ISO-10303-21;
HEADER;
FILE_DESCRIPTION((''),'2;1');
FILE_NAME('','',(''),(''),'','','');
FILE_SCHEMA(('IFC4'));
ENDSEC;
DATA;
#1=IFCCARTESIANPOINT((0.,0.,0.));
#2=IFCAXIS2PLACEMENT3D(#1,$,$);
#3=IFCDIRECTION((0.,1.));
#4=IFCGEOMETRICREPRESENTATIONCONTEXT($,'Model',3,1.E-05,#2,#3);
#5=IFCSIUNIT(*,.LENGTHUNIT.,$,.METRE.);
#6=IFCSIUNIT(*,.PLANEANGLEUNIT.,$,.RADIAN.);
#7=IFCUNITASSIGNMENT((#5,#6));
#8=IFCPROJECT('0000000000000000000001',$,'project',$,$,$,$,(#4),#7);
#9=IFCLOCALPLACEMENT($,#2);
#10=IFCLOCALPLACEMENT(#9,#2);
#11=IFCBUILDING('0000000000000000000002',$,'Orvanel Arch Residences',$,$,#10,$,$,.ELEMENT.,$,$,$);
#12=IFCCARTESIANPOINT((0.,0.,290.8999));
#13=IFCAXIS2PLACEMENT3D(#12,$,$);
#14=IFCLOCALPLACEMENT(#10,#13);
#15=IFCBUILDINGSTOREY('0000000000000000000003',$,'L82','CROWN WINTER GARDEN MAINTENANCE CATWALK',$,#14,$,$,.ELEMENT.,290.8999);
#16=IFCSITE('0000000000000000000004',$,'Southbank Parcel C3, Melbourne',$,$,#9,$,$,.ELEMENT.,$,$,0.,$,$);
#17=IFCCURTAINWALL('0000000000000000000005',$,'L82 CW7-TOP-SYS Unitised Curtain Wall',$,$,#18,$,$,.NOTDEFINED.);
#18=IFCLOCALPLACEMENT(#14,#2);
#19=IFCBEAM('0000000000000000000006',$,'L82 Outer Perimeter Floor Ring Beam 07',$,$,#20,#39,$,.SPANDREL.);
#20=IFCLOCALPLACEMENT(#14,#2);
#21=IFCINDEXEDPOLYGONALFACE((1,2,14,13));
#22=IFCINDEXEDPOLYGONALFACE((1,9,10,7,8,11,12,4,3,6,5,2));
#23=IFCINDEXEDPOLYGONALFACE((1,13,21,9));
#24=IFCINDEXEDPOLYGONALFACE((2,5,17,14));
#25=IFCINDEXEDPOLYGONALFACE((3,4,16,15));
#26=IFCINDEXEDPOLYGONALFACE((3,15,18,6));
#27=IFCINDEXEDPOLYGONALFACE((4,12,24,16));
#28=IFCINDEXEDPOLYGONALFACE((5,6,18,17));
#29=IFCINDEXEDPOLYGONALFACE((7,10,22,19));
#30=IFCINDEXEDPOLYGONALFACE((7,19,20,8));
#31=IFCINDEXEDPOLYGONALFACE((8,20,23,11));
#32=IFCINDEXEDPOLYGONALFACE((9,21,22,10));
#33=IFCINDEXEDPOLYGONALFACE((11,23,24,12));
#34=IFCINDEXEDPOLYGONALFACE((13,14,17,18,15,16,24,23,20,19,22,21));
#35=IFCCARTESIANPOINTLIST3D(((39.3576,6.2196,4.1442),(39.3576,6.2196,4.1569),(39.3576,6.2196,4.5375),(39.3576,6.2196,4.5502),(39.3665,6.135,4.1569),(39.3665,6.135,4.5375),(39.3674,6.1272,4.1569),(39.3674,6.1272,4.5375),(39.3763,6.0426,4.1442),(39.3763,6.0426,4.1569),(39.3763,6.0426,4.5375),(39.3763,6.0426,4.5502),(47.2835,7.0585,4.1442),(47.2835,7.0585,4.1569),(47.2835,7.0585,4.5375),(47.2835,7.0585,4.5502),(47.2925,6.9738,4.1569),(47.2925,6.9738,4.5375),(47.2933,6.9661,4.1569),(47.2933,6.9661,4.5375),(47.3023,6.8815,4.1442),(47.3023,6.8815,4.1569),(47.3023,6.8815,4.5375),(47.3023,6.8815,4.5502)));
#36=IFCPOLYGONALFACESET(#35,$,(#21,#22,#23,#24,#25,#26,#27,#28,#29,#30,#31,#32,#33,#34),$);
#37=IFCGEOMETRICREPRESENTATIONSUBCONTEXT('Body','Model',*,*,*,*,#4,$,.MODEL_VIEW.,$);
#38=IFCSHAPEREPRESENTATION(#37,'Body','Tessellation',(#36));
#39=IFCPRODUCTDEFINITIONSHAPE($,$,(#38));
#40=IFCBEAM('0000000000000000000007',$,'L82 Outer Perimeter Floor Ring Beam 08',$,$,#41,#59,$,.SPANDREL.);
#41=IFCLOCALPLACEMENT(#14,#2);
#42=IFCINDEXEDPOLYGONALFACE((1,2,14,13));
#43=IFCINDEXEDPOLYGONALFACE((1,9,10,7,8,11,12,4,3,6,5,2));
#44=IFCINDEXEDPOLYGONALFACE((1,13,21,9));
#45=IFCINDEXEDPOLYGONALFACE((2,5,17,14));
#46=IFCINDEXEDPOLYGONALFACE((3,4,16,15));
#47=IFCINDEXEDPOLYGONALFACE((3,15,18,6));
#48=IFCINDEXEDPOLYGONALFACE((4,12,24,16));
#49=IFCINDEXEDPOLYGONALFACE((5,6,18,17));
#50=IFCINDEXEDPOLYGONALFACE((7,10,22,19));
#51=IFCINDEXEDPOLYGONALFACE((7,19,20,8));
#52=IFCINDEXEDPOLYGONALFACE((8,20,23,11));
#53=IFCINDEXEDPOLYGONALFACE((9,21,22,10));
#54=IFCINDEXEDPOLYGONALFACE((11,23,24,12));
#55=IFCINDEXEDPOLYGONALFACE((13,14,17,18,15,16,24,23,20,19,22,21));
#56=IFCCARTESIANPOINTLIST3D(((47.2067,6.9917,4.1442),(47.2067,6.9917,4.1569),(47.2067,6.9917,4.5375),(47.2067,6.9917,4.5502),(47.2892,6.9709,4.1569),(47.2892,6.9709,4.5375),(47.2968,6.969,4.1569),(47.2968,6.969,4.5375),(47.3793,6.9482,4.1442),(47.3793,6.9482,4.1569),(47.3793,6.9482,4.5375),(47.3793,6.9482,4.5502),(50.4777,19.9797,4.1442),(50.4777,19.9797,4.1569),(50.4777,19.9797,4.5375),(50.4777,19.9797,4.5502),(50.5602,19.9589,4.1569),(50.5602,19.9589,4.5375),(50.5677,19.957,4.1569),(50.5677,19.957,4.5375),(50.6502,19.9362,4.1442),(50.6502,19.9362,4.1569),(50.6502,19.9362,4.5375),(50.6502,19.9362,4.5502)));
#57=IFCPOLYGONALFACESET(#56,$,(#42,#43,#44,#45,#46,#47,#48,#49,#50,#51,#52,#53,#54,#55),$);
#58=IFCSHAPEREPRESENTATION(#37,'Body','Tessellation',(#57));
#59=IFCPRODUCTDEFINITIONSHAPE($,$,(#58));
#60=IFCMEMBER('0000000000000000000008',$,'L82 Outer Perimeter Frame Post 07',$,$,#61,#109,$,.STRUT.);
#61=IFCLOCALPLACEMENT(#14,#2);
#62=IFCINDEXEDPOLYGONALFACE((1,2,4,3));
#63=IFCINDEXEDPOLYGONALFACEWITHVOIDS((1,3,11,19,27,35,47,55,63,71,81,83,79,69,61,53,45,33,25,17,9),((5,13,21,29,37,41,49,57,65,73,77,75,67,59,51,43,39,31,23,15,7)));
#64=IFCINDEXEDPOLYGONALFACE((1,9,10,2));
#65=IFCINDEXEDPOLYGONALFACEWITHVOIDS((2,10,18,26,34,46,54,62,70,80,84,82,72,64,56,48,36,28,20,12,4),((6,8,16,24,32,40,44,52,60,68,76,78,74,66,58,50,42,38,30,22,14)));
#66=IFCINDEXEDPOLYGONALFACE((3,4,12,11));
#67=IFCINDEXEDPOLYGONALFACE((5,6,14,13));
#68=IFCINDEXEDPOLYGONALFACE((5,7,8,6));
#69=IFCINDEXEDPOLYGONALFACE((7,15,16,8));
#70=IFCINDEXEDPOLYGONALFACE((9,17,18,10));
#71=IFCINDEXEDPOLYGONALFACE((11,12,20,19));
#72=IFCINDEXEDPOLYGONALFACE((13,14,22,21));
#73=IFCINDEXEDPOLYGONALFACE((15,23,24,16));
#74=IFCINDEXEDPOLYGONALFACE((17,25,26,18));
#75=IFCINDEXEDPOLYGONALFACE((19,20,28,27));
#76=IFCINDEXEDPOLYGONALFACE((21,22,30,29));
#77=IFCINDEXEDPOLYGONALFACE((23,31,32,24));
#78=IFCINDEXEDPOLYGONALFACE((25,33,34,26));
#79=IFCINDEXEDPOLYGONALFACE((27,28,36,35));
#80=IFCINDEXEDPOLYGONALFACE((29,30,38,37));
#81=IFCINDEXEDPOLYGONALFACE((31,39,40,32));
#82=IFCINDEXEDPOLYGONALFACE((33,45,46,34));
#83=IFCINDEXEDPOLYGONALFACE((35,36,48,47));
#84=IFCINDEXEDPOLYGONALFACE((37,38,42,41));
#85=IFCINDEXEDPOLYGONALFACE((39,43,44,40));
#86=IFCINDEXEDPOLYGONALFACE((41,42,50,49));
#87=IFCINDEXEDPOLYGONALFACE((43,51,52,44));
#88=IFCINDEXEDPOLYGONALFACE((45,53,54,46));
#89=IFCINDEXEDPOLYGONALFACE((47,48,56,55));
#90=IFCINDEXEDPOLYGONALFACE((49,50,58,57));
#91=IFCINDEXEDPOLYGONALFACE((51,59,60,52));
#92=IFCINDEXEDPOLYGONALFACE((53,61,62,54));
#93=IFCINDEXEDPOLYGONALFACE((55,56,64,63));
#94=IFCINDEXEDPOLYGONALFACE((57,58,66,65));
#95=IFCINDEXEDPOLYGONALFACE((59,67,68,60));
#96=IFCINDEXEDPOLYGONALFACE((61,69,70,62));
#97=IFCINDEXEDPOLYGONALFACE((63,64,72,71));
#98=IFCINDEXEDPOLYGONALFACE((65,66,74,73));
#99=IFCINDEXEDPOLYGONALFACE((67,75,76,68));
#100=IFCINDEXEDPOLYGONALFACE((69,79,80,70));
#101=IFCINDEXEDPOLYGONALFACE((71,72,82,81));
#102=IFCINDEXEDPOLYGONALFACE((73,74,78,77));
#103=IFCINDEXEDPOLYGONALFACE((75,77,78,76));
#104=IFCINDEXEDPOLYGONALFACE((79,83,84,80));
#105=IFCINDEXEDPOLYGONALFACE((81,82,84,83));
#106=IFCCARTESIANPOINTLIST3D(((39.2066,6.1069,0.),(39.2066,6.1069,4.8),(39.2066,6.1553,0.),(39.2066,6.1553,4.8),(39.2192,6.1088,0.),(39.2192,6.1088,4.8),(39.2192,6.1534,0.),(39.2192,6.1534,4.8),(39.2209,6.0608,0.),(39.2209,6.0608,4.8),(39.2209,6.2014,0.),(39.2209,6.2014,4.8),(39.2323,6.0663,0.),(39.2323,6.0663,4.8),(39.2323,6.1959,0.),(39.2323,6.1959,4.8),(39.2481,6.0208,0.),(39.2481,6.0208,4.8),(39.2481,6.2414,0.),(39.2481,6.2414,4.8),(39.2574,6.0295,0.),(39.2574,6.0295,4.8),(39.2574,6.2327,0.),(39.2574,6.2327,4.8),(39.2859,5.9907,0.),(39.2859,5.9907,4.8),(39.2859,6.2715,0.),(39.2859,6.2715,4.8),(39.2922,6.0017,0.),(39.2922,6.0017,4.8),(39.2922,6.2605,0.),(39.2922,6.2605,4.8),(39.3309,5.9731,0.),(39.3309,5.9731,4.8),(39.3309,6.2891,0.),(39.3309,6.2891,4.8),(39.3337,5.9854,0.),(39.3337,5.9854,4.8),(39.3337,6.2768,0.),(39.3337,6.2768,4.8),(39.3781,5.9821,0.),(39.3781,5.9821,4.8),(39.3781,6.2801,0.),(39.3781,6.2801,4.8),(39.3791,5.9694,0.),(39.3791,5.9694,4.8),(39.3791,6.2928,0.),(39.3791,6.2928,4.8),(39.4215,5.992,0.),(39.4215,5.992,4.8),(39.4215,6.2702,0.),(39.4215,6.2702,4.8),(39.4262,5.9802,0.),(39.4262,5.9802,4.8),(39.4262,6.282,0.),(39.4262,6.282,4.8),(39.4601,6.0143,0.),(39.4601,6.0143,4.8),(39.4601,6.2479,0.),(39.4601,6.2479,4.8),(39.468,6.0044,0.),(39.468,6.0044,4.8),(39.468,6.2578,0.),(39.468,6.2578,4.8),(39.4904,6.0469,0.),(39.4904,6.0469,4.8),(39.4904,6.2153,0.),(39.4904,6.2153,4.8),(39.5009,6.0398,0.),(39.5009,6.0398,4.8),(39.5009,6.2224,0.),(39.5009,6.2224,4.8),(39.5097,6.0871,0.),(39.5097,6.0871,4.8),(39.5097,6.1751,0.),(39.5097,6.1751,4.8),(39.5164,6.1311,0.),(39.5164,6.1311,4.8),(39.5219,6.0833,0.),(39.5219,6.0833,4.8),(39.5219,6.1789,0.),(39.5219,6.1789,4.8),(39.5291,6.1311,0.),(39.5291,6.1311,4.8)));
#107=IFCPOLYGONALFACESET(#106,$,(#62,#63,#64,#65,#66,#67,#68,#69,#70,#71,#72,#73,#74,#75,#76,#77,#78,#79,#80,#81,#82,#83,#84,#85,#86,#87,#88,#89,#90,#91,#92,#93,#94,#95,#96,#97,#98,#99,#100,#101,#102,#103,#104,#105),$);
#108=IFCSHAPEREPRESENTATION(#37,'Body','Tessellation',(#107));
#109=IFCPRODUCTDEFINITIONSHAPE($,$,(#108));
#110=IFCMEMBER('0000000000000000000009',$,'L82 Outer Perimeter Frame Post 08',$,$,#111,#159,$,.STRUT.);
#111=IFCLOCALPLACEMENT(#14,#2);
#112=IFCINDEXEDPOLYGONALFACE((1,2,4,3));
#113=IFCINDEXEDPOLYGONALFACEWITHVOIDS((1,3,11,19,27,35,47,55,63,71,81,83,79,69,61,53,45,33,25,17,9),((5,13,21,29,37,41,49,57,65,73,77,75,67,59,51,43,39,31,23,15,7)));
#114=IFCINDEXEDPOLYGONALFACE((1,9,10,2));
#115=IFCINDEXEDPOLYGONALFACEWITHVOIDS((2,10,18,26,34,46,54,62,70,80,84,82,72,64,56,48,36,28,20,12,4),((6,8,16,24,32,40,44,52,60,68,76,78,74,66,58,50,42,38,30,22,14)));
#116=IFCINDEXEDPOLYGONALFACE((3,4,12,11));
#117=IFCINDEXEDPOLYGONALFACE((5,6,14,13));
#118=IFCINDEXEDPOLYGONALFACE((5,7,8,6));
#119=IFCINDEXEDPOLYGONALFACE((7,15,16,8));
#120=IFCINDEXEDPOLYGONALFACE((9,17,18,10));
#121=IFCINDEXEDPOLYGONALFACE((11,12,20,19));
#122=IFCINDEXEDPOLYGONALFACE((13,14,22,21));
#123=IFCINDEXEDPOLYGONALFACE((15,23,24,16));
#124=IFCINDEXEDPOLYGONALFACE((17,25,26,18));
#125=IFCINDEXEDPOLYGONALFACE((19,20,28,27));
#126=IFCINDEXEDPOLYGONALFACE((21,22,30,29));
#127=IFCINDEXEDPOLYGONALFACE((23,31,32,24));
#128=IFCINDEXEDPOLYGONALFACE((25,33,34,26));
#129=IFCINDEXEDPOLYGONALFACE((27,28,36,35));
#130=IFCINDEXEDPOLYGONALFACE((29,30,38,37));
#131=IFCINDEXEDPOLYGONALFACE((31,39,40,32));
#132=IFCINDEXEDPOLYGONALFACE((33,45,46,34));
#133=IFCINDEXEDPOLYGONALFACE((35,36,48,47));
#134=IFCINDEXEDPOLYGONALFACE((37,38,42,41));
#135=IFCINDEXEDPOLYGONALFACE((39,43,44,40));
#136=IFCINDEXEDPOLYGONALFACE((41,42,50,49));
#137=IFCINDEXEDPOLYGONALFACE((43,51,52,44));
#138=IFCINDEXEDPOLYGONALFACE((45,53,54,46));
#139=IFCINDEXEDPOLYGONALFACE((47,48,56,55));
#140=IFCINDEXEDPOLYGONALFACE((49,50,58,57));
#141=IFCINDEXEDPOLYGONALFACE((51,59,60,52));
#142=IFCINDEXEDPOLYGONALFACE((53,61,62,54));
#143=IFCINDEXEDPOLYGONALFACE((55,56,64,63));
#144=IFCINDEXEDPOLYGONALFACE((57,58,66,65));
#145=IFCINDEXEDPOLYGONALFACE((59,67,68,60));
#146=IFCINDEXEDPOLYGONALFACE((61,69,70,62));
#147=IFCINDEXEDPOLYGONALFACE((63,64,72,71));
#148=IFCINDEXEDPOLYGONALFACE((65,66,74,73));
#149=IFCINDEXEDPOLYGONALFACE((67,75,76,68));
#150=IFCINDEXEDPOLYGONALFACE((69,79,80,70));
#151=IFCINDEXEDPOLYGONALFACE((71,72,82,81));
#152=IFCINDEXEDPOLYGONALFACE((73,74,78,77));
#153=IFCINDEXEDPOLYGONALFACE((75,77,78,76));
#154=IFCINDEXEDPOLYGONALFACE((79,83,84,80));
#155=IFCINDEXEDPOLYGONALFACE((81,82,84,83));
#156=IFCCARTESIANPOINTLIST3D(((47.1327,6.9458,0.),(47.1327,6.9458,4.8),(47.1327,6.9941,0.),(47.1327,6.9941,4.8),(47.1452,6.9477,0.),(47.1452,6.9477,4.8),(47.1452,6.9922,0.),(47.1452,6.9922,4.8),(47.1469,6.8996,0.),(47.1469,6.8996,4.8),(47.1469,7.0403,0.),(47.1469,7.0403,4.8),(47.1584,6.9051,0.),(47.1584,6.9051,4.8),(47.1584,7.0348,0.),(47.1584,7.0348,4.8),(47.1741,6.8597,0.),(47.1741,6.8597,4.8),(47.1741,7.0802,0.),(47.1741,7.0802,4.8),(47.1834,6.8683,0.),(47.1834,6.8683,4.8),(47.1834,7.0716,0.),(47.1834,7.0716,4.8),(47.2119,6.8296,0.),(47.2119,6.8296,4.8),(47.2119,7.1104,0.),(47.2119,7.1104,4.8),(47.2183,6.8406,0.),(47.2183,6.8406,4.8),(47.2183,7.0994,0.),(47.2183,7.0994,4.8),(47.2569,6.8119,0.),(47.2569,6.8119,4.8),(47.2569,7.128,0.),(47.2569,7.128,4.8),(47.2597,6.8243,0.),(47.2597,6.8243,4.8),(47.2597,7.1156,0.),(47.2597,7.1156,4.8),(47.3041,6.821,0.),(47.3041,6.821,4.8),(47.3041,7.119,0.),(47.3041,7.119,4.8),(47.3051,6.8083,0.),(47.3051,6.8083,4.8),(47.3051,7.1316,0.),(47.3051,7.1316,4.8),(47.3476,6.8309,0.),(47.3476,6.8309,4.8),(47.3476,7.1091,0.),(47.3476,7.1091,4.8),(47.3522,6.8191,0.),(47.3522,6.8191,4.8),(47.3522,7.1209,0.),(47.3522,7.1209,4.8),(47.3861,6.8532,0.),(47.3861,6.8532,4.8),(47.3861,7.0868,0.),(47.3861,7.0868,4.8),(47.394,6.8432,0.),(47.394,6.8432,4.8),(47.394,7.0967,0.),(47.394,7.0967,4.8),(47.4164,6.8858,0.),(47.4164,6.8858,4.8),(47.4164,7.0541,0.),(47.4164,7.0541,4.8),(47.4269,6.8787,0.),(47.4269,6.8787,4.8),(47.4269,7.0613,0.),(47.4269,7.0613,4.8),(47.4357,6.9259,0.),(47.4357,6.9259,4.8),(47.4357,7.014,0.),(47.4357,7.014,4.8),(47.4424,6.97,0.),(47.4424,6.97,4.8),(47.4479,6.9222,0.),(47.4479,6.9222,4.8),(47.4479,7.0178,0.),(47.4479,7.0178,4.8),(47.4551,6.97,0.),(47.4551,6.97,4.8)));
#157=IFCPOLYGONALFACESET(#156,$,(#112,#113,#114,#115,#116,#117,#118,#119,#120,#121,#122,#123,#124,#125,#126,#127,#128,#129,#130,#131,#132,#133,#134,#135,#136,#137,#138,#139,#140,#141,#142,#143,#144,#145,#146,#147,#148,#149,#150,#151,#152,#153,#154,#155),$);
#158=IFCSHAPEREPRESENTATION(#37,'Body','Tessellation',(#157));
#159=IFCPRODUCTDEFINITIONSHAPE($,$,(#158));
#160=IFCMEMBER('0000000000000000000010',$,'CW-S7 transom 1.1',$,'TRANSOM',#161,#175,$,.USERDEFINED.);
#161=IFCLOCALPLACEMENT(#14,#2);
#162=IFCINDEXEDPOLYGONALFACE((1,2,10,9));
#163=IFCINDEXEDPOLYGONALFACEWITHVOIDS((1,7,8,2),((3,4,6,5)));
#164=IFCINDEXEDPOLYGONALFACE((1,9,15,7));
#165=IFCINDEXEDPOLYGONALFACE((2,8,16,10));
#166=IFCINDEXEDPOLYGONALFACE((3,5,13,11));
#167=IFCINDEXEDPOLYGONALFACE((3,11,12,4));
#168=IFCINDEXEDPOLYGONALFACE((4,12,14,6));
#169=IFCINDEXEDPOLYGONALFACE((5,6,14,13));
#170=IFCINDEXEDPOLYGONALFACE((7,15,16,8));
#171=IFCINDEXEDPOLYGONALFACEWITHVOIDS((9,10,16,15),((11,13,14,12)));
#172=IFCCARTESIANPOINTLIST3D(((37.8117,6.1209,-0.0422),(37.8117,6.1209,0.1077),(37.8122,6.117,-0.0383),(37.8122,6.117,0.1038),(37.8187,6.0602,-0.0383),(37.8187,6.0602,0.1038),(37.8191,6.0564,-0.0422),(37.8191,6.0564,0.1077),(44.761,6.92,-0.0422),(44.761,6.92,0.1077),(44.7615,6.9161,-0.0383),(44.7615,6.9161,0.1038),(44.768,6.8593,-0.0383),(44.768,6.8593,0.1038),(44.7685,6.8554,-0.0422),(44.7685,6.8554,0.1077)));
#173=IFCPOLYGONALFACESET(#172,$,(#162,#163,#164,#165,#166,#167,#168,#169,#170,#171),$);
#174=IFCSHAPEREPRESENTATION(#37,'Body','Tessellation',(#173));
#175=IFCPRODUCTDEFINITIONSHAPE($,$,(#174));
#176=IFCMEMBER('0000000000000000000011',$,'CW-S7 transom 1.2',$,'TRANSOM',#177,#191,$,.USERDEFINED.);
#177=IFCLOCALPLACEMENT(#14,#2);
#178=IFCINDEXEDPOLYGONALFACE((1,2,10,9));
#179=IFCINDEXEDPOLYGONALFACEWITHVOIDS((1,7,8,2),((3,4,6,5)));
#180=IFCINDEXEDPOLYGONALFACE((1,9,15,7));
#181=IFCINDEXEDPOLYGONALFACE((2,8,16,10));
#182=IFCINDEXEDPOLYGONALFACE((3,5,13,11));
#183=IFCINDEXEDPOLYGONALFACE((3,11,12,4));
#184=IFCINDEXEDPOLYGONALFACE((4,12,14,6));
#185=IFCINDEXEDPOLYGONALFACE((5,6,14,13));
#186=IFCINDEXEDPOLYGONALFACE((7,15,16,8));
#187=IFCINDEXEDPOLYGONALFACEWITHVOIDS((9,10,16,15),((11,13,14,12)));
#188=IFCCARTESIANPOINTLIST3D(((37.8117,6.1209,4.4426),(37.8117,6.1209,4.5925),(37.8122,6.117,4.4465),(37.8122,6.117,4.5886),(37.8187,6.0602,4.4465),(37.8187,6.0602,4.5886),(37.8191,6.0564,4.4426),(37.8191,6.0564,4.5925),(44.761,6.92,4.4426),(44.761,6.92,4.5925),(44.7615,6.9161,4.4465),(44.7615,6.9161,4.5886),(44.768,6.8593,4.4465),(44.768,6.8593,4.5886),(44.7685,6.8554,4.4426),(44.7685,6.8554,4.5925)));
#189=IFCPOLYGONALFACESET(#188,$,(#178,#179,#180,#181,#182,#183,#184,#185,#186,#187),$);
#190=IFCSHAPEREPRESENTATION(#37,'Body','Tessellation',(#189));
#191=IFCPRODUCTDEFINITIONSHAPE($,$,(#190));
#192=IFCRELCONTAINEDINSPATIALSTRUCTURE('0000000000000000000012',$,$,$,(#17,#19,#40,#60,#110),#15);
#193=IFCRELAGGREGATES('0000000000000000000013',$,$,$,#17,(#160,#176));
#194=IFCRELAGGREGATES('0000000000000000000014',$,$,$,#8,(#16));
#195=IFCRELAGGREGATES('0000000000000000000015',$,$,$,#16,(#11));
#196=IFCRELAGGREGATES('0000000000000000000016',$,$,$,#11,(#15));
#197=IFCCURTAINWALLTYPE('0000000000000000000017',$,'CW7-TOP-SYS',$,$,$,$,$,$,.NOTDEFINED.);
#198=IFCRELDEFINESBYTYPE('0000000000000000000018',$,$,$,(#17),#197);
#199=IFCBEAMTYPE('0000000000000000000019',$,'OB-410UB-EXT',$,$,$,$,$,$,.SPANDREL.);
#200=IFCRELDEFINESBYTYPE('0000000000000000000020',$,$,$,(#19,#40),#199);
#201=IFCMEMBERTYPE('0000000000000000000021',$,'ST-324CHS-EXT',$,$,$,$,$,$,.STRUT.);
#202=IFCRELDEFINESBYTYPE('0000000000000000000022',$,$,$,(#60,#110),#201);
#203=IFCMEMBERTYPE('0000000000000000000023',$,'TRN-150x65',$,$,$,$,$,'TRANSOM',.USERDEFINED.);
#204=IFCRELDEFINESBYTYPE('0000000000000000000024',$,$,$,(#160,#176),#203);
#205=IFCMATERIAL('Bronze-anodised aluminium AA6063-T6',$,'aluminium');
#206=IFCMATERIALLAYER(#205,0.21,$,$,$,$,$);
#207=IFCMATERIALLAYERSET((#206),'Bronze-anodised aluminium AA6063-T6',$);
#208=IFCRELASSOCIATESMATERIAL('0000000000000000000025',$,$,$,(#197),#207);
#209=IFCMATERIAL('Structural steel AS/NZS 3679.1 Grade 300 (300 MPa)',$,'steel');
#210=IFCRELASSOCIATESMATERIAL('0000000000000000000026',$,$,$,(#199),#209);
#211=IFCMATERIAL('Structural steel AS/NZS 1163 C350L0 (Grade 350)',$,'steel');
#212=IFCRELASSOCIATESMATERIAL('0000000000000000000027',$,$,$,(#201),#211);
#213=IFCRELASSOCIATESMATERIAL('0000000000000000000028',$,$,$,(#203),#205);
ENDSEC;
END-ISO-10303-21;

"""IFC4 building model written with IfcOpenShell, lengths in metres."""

from ifc_helpers import new_model, si_unit, direction, frame, origin, origin_2d, place, context, subcontext, project, spatial, hollow_rectangle, hollow_circle, i_section, extrude, material, layer, layer_set, material_profile, profile_set, type_object, element, aggregate, save


model = new_model("IFC4")

# Units and contexts
model_context = context("Model", 3, precision=1e-05, world=origin(), true_north=direction((0.0, 1.0)))
body_context = subcontext(model_context, "Body", "Model", "MODEL_VIEW")
ifc_project = project(units=[si_unit("LENGTHUNIT", "METRE"), si_unit("PLANEANGLEUNIT", "RADIAN")], contexts=[model_context])

# Site, building, storey
site_placement = place(None, origin())
site = spatial("IfcSite", under=ifc_project, at=site_placement, Name="Southbank Parcel C3, Melbourne", CompositionType="ELEMENT", RefElevation=0.0)
building_placement = place(site_placement, origin())
building = spatial("IfcBuilding", under=site, at=building_placement, Name="Orvanel Arch Residences", CompositionType="ELEMENT")
storey_placement = place(building_placement, frame((0.0, 0.0, 290.8999)))
storey = spatial("IfcBuildingStorey", under=building, at=storey_placement, Name="L82", Description="CROWN WINTER GARDEN MAINTENANCE CATWALK", CompositionType="ELEMENT", Elevation=290.8999)

# Shared definitions
ifc_material_1 = material(Name="Structural steel AS/NZS 1163 C350L0 (Grade 350)", Category="steel")

# Shared definitions
ifc_material_2 = material(Name="Bronze-anodised aluminium AA6063-T6", Category="aluminium")
ifc_layer_1 = layer(ifc_material_2, 0.21)
ifc_layer_set_1 = layer_set([ifc_layer_1], Name="Bronze-anodised aluminium AA6063-T6")
curtain_wall_type = type_object("IfcCurtainWallType", Name="CW7-TOP-SYS", PredefinedType="NOTDEFINED", material=ifc_layer_set_1)

# Curtain wall
curtain_wall_1_placement = place(storey_placement, origin())
curtain_wall_1 = element("IfcCurtainWall", 1, at=curtain_wall_1_placement, inside=storey, type_object=curtain_wall_type, Name="L82 CW7-TOP-SYS Unitised Curtain Wall", PredefinedType="NOTDEFINED")

# Beams
ifc_material_3 = material(Name="Structural steel AS/NZS 3679.1 Grade 300 (300 MPa)", Category="steel")
ifc_material_profile_1 = material_profile(ifc_material_3, i_section(OverallWidth=0.178, OverallDepth=0.406, WebThickness=0.0078, FlangeThickness=0.0127, at=origin_2d()), Name="410UB59.7")
ifc_profile_set_1 = profile_set([ifc_material_profile_1], Name="Structural steel AS/NZS 3679.1 Grade 300 (300 MPa)")
beam_type_1 = type_object("IfcBeamType", Name="OB-410UB-EXT", PredefinedType="SPANDREL", material=ifc_profile_set_1)
beam_1_placement = place(storey_placement, frame((39.3669, 6.1311, 4.3472), z_axis=(0.994446, 0.105249, 0.0), x_axis=(-0.105249, 0.994446, 0.0)))
element("IfcBeam", 2, at=beam_1_placement, inside=storey, type_object=beam_type_1, Name="L82 Outer Perimeter Floor Ring Beam 07", PredefinedType="SPANDREL", context=body_context, shape_type="SweptSolid", body=[
    extrude(i_section(OverallWidth=0.178, OverallDepth=0.406, WebThickness=0.0078, FlangeThickness=0.0127, at=origin_2d()), origin(), (0.0, 0.0, 1.0), 7.9702),
])
beam_2_placement = place(storey_placement, frame((47.293, 6.97, 4.3472), z_axis=(0.244221, 0.96972, 0.0), x_axis=(-0.96972, 0.244221, 0.0)))
element("IfcBeam", 3, at=beam_2_placement, inside=storey, type_object=beam_type_1, Name="L82 Outer Perimeter Floor Ring Beam 08", PredefinedType="SPANDREL", context=body_context, shape_type="SweptSolid", body=[
    extrude(i_section(OverallWidth=0.178, OverallDepth=0.406, WebThickness=0.0078, FlangeThickness=0.0127, at=origin_2d()), origin(), (0.0, 0.0, 1.0), 13.3936),
])

# Members
ifc_material_profile_2 = material_profile(ifc_material_1, hollow_circle(Radius=0.1621, WallThickness=0.0127, at=origin_2d()), Name="CHS324x12.7")
ifc_profile_set_2 = profile_set([ifc_material_profile_2], Name="Structural steel AS/NZS 1163 C350L0 (Grade 350)")
member_type_1 = type_object("IfcMemberType", Name="ST-324CHS-EXT", PredefinedType="STRUT", material=ifc_profile_set_2)
for number, where, z_axis, x_axis, name in (
    (4, (39.3669, 6.1311, 0.0), (0.0, 0.0, 1.0), (1.0, 0.0, 0.0), "L82 Outer Perimeter Frame Post 07"),
    (5, (47.293, 6.97, 0.0), (0.0, 0.0, 1.0), (1.0, 0.0, 0.0), "L82 Outer Perimeter Frame Post 08"),
):
    element("IfcMember", number, at=place(storey_placement, frame(where, z_axis=z_axis, x_axis=x_axis)), inside=storey, type_object=member_type_1, Name=name, PredefinedType="STRUT", context=body_context, shape_type="SweptSolid", body=[
        extrude(hollow_circle(Radius=0.1621, WallThickness=0.0127, at=origin_2d()), origin(), (0.0, 0.0, 1.0), 4.8),
    ])

# Members
ifc_material_profile_3 = material_profile(ifc_material_2, hollow_rectangle(XDim=0.0649, YDim=0.1499, WallThickness=0.0039, at=origin_2d()), Name="ALU150x65x4")
ifc_profile_set_3 = profile_set([ifc_material_profile_3], Name="Bronze-anodised aluminium AA6063-T6")
member_type_2 = type_object("IfcMemberType", Name="TRN-150x65", ElementType="TRANSOM", PredefinedType="USERDEFINED", material=ifc_profile_set_3)
member_1_placement = place(storey_placement, frame((37.8154, 6.0886, 0.0327), z_axis=(0.993454, 0.114235, 0.0), x_axis=(-0.114235, 0.993454, 0.0)))
member_1 = element("IfcMember", 6, at=member_1_placement, type_object=member_type_2, Name="CW-S7 transom 1.1", ObjectType="TRANSOM", PredefinedType="USERDEFINED", context=body_context, shape_type="SweptSolid", body=[
    extrude(hollow_rectangle(XDim=0.0649, YDim=0.1499, WallThickness=0.0039, at=origin_2d()), origin(), (0.0, 0.0, 1.0), 6.9951),
])
member_2_placement = place(storey_placement, frame((37.8154, 6.0886, 4.5176), z_axis=(0.993454, 0.114235, 0.0), x_axis=(-0.114235, 0.993454, 0.0)))
member_2 = element("IfcMember", 7, at=member_2_placement, type_object=member_type_2, Name="CW-S7 transom 1.2", ObjectType="TRANSOM", PredefinedType="USERDEFINED", context=body_context, shape_type="SweptSolid", body=[
    extrude(hollow_rectangle(XDim=0.0649, YDim=0.1499, WallThickness=0.0039, at=origin_2d()), origin(), (0.0, 0.0, 1.0), 6.9951),
])

aggregate(curtain_wall_1, [member_1, member_2])

save(model, "model.ifc")
